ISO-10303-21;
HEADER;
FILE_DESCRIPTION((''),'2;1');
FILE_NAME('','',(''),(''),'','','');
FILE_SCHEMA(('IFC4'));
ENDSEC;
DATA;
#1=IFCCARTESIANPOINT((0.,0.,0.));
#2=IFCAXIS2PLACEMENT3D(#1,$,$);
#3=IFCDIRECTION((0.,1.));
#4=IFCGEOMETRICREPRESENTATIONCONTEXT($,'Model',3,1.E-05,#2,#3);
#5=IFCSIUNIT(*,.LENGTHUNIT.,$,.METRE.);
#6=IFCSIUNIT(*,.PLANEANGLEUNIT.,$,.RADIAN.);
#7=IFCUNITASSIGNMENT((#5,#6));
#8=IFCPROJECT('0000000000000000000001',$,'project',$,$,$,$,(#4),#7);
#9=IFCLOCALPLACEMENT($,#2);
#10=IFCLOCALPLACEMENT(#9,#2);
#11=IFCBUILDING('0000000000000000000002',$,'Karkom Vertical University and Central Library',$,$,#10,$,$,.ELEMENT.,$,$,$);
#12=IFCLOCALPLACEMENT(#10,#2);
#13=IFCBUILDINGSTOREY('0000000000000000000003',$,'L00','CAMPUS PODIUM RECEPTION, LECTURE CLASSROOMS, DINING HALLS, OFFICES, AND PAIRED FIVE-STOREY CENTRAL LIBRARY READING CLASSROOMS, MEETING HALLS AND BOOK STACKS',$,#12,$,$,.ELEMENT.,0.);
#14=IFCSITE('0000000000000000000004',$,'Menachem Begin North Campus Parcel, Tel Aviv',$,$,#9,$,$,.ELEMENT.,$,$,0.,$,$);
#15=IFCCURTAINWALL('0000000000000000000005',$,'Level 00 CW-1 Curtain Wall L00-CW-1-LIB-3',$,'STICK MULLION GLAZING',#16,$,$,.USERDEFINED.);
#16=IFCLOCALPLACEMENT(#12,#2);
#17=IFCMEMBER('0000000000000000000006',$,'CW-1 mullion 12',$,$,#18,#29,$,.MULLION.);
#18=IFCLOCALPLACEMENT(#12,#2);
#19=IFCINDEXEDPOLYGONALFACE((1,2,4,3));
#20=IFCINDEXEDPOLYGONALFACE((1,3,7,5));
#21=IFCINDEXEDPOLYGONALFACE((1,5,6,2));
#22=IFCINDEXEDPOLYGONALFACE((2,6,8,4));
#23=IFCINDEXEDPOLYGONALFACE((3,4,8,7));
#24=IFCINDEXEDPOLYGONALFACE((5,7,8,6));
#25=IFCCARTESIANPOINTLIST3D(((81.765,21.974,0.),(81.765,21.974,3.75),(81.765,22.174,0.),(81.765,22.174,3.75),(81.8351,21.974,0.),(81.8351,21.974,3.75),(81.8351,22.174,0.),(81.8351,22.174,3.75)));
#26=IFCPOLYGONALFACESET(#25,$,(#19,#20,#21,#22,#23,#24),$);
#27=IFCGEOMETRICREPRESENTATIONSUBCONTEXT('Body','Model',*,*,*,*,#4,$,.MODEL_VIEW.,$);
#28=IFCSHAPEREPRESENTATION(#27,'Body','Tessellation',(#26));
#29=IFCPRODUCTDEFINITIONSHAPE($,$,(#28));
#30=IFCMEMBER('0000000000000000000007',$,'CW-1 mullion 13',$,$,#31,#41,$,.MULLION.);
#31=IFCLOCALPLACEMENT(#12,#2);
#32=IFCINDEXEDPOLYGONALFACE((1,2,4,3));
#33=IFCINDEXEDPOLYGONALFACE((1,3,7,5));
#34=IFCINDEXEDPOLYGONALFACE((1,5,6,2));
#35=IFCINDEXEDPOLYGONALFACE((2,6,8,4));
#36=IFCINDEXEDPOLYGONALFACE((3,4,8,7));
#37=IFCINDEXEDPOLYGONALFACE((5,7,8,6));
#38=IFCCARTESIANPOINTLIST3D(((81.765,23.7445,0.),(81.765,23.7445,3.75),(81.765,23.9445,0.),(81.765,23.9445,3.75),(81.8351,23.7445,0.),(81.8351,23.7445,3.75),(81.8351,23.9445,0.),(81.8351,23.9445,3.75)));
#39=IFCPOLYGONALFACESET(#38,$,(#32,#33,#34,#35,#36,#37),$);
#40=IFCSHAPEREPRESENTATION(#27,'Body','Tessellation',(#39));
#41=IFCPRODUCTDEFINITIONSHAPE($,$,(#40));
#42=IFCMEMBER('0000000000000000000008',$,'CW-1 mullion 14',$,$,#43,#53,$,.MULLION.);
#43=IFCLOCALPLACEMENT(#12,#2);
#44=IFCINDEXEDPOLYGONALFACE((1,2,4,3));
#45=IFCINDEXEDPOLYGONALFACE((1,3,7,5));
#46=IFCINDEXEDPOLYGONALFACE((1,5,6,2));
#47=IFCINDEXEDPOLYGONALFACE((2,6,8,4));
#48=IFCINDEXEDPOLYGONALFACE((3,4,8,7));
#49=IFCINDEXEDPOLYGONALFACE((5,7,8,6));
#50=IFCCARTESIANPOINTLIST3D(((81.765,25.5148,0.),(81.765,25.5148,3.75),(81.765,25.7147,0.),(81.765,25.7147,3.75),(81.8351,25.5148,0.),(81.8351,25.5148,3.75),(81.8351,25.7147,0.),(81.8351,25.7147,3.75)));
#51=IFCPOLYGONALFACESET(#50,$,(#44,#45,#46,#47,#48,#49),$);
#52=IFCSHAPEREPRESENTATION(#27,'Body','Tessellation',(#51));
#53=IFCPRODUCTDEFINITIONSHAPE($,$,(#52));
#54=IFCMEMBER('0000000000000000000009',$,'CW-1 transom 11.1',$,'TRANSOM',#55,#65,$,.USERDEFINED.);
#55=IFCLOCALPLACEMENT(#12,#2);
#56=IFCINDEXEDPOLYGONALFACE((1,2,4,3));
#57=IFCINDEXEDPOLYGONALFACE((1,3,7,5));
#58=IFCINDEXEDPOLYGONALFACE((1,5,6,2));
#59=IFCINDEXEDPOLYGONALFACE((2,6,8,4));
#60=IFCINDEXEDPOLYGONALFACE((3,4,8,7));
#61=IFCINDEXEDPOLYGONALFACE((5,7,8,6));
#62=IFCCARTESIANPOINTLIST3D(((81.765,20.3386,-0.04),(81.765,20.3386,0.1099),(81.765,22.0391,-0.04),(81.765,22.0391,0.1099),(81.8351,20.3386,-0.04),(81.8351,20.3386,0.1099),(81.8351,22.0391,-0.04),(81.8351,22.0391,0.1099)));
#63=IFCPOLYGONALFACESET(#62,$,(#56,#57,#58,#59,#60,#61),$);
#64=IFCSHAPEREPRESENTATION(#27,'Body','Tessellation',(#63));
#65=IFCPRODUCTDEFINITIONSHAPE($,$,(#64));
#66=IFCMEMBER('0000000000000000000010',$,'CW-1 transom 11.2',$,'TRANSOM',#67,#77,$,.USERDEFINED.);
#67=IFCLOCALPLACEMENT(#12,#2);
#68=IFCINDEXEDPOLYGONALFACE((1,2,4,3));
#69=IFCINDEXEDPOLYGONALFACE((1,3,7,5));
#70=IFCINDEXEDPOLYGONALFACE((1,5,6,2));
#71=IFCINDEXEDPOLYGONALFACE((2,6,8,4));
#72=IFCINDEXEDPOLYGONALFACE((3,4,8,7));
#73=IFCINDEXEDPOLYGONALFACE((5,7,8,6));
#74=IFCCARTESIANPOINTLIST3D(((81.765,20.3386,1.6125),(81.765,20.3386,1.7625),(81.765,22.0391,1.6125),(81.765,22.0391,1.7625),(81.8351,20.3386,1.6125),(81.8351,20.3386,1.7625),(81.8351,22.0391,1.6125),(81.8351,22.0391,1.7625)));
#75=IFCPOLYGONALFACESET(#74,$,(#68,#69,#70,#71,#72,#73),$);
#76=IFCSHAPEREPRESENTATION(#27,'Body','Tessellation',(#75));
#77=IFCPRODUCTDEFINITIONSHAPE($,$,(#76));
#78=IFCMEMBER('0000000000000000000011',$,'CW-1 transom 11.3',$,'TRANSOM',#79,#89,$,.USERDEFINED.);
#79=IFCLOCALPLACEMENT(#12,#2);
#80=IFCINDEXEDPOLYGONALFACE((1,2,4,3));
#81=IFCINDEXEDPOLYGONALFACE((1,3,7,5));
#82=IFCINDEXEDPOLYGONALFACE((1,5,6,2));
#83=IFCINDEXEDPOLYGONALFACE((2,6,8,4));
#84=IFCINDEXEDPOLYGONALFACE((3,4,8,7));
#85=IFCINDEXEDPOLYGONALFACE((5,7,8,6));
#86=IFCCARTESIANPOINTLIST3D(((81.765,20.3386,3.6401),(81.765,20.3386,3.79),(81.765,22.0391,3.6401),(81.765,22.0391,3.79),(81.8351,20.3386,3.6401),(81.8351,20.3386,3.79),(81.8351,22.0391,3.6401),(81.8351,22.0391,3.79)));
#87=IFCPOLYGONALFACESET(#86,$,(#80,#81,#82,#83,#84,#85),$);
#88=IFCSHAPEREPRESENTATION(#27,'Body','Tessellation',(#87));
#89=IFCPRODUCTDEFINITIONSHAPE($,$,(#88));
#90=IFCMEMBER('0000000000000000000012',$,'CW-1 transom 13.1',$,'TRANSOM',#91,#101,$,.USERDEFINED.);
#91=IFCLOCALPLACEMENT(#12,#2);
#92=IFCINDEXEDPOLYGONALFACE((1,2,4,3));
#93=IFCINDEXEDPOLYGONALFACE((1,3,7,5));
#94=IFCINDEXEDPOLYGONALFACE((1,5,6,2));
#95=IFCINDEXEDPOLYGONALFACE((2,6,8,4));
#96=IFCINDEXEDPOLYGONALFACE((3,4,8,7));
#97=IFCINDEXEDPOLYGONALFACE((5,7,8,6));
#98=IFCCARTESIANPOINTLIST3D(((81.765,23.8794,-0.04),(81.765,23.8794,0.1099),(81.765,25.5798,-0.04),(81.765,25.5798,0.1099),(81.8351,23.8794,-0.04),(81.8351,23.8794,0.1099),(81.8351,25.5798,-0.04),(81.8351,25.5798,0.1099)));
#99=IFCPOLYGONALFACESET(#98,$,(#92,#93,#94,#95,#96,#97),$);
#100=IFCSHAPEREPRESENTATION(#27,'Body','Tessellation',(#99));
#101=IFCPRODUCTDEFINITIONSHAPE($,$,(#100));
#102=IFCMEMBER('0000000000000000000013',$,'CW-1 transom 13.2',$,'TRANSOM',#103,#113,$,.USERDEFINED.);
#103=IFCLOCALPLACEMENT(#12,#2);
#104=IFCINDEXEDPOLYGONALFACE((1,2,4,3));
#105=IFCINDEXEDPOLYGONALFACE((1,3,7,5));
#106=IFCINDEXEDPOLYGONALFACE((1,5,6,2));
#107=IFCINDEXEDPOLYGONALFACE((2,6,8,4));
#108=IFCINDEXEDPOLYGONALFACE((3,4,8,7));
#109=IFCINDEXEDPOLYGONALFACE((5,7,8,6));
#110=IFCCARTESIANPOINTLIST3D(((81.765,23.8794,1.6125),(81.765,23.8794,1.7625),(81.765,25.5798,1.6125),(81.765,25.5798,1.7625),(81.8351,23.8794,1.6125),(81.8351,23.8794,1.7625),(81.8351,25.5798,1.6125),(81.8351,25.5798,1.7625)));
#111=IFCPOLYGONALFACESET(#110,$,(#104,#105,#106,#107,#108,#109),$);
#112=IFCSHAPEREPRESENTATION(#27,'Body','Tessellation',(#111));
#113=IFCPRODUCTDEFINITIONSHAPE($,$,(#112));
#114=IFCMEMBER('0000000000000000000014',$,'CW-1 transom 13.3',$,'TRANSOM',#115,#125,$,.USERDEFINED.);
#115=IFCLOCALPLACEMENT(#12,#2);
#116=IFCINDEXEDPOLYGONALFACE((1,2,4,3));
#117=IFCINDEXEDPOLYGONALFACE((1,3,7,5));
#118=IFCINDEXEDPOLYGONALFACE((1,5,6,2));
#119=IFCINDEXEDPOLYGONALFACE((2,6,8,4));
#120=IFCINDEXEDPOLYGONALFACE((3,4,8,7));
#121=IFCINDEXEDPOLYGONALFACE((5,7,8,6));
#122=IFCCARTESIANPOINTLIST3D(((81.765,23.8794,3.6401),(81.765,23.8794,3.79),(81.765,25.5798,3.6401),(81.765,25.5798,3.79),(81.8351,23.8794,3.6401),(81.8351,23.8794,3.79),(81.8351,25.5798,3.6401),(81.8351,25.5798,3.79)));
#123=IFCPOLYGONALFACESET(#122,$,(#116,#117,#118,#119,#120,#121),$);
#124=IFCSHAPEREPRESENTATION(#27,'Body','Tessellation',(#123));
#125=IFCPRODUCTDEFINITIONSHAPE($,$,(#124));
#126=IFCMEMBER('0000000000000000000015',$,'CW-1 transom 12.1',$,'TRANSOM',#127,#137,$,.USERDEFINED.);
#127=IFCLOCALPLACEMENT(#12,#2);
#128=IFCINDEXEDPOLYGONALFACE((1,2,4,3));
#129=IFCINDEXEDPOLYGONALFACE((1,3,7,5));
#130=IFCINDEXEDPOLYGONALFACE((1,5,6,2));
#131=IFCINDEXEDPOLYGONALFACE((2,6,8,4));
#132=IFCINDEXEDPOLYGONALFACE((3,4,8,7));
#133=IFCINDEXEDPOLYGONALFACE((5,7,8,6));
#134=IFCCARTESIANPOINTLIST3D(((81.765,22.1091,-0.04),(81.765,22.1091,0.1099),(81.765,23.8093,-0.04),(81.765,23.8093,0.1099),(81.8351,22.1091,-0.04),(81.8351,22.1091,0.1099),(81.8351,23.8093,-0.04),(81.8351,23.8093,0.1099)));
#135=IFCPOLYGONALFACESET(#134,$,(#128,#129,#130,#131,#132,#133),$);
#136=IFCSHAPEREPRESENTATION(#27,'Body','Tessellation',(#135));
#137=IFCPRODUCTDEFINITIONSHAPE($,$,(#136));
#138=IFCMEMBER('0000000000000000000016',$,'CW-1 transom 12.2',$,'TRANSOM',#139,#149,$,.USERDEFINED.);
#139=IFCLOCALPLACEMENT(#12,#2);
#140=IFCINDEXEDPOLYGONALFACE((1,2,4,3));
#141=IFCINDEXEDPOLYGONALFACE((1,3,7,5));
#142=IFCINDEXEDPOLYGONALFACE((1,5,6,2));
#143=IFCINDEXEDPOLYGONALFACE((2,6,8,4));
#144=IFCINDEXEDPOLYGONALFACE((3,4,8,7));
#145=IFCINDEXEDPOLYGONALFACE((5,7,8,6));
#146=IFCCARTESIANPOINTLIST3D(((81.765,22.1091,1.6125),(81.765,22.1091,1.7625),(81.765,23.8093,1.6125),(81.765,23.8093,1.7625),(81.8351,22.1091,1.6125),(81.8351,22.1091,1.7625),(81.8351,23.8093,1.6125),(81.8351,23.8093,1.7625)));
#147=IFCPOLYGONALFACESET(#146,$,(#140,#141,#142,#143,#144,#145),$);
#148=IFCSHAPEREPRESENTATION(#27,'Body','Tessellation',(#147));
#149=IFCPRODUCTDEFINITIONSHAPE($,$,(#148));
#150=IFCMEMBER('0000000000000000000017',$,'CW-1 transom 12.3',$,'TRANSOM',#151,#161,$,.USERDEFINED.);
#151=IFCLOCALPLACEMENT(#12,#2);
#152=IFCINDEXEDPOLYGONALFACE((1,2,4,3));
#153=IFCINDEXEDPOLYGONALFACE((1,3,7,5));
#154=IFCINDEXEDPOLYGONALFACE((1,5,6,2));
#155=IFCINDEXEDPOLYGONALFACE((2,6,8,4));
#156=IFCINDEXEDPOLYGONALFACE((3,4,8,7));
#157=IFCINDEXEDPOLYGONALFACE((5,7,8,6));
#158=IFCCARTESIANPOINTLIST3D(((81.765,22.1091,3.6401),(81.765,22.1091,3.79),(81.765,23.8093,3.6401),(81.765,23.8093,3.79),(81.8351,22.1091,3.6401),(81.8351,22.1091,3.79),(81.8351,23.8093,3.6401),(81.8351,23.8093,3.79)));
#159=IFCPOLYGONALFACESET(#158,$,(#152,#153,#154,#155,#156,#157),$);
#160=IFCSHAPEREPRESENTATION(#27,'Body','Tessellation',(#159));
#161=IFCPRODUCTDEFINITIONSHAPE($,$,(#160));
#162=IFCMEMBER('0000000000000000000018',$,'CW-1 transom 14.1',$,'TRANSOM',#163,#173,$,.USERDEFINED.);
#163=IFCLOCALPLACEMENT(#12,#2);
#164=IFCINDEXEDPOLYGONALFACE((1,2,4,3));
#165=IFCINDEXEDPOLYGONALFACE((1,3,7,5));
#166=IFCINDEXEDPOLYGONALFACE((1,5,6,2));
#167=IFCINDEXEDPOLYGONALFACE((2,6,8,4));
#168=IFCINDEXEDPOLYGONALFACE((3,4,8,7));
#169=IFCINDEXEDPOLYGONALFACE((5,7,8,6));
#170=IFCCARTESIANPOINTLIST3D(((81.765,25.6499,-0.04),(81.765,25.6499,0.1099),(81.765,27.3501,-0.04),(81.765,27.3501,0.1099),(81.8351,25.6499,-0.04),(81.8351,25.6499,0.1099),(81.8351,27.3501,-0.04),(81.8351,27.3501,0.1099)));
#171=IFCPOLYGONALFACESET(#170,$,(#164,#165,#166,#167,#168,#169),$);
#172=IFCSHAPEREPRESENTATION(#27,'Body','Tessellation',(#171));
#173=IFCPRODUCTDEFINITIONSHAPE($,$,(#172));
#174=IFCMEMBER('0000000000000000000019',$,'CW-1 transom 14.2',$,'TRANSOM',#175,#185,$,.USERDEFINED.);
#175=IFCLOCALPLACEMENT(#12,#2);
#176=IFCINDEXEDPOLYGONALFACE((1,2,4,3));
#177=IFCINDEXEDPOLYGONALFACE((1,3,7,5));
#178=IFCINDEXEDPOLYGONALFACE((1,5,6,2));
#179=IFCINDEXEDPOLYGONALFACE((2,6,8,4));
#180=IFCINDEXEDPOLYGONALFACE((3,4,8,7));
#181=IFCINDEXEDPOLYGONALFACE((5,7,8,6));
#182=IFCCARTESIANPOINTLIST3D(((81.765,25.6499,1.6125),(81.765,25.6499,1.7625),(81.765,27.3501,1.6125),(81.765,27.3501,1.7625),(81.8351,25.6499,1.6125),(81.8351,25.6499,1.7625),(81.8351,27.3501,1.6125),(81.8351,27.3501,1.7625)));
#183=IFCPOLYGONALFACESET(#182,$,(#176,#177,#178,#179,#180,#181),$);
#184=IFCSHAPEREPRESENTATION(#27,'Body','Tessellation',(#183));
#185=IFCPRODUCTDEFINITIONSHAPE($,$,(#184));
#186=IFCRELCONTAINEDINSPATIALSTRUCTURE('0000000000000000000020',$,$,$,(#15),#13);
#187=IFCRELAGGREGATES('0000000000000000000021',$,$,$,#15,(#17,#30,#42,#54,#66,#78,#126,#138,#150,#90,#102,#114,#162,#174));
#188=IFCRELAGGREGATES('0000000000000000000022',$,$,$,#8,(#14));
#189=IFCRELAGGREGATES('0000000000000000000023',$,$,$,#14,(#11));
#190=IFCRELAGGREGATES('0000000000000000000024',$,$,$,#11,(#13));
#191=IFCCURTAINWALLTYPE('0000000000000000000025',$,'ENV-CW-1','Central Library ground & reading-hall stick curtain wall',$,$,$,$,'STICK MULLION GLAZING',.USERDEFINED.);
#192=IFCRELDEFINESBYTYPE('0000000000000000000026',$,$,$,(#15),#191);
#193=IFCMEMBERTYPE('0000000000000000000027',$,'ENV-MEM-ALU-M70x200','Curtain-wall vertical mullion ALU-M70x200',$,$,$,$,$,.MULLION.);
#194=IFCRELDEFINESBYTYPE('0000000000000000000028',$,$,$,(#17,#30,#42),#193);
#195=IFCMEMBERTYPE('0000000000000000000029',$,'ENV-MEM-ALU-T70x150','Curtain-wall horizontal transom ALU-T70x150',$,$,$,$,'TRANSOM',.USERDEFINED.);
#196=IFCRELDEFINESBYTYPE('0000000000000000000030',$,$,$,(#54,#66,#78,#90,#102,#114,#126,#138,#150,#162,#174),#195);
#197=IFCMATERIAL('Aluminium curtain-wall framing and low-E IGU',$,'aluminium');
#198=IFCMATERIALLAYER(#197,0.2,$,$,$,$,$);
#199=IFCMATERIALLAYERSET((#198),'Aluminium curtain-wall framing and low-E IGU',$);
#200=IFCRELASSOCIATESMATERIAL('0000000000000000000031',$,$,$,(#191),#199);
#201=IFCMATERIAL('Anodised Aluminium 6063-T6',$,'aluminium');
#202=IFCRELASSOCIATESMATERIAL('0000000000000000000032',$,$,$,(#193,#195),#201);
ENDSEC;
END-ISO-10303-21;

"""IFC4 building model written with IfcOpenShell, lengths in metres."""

from ifc_helpers import new_model, si_unit, direction, frame, origin, origin_with_axes, origin_2d, place, context, subcontext, project, spatial, rectangle, extrude, source, transform, mapped, material, layer, layer_set, material_profile, profile_set, type_object, element, aggregate, save


model = new_model("IFC4")

# Units and contexts
model_context = context("Model", 3, precision=1e-05, world=origin(), true_north=direction((0.0, 1.0)))
body_context = subcontext(model_context, "Body", "Model", "MODEL_VIEW")
ifc_project = project(units=[si_unit("LENGTHUNIT", "METRE"), si_unit("PLANEANGLEUNIT", "RADIAN")], contexts=[model_context])

# Site, building, storey
site_placement = place(None, origin())
site = spatial("IfcSite", under=ifc_project, at=site_placement, Name="Menachem Begin North Campus Parcel, Tel Aviv", CompositionType="ELEMENT", RefElevation=0.0)
building_placement = place(site_placement, origin())
building = spatial("IfcBuilding", under=site, at=building_placement, Name="Karkom Vertical University and Central Library", CompositionType="ELEMENT")
storey_placement = place(building_placement, origin())
storey = spatial("IfcBuildingStorey", under=building, at=storey_placement, Name="L00", Description="CAMPUS PODIUM RECEPTION, LECTURE CLASSROOMS, DINING HALLS, OFFICES, AND PAIRED FIVE-STOREY CENTRAL LIBRARY READING CLASSROOMS, MEETING HALLS AND BOOK STACKS", CompositionType="ELEMENT", Elevation=0.0)

# Curtain wall, members
ifc_material_1 = material(Name="Aluminium curtain-wall framing and low-E IGU", Category="aluminium")
ifc_layer_1 = layer(ifc_material_1, 0.2)
ifc_layer_set_1 = layer_set([ifc_layer_1], Name="Aluminium curtain-wall framing and low-E IGU")
curtain_wall_type = type_object("IfcCurtainWallType", Name="ENV-CW-1", Description="Central Library ground & reading-hall stick curtain wall", ElementType="STICK MULLION GLAZING", PredefinedType="USERDEFINED", material=ifc_layer_set_1)
curtain_wall_placement = place(storey_placement, origin())
curtain_wall = element("IfcCurtainWall", 1, at=curtain_wall_placement, inside=storey, type_object=curtain_wall_type, Name="Level 00 CW-1 Curtain Wall L00-CW-1-LIB-3", ObjectType="STICK MULLION GLAZING", PredefinedType="USERDEFINED")
ifc_material_2 = material(Name="Anodised Aluminium 6063-T6", Category="aluminium")
ifc_material_profile_1 = material_profile(ifc_material_2, rectangle(XDim=0.0701, YDim=0.2, at=origin_2d()), Name="ALU-M70x200")
ifc_profile_set_1 = profile_set([ifc_material_profile_1], Name="Anodised Aluminium 6063-T6")
member_type_1 = type_object("IfcMemberType", Name="ENV-MEM-ALU-M70x200", Description="Curtain-wall vertical mullion ALU-M70x200", PredefinedType="MULLION", material=ifc_profile_set_1)
shared_shape_1 = source(origin_with_axes(), body_context, "Body", "SweptSolid", [
    extrude(rectangle(XDim=0.0701, YDim=0.2, at=origin_2d()), origin(), (0.0, 0.0, 1.0), 3.75),
])
member_1_placement = place(storey_placement, frame((81.8, 22.074, 0.0), z_axis=(0.0, 0.0, 1.0), x_axis=(-1.0, 0.0, 0.0)))
member_1 = element("IfcMember", 2, at=member_1_placement, type_object=member_type_1, Name="CW-1 mullion 12", PredefinedType="MULLION", context=body_context, shape_type="MappedRepresentation", body=[
    mapped(shared_shape_1, transform((0.0, 0.0, 0.0), scale=1.0)),
])
member_2_placement = place(storey_placement, frame((81.8, 23.8445, 0.0), z_axis=(0.0, 0.0, 1.0), x_axis=(-1.0, 0.0, 0.0)))
member_2 = element("IfcMember", 3, at=member_2_placement, type_object=member_type_1, Name="CW-1 mullion 13", PredefinedType="MULLION", context=body_context, shape_type="MappedRepresentation", body=[
    mapped(shared_shape_1, transform((0.0, 0.0, 0.0), scale=1.0)),
])
member_3_placement = place(storey_placement, frame((81.8, 25.6147, 0.0), z_axis=(0.0, 0.0, 1.0), x_axis=(-1.0, 0.0, 0.0)))
member_3 = element("IfcMember", 4, at=member_3_placement, type_object=member_type_1, Name="CW-1 mullion 14", PredefinedType="MULLION", context=body_context, shape_type="MappedRepresentation", body=[
    mapped(shared_shape_1, transform((0.0, 0.0, 0.0), scale=1.0)),
])
ifc_material_profile_2 = material_profile(ifc_material_2, rectangle(XDim=0.0701, YDim=0.1499, at=origin_2d()), Name="ALU-T70x150")
ifc_profile_set_2 = profile_set([ifc_material_profile_2], Name="Anodised Aluminium 6063-T6")
member_type_2 = type_object("IfcMemberType", Name="ENV-MEM-ALU-T70x150", Description="Curtain-wall horizontal transom ALU-T70x150", ElementType="TRANSOM", PredefinedType="USERDEFINED", material=ifc_profile_set_2)
shared_shape_2 = source(origin_with_axes(), body_context, "Body", "SweptSolid", [
    extrude(rectangle(XDim=0.0701, YDim=0.1499, at=origin_2d()), origin(), (0.0, 0.0, 1.0), 1.7004),
])
member_4_placement = place(storey_placement, frame((81.8, 20.3386, 0.0349), z_axis=(0.0, 1.0, 0.0), x_axis=(-1.0, 0.0, 0.0)))
member_4 = element("IfcMember", 5, at=member_4_placement, type_object=member_type_2, Name="CW-1 transom 11.1", ObjectType="TRANSOM", PredefinedType="USERDEFINED", context=body_context, shape_type="MappedRepresentation", body=[
    mapped(shared_shape_2, transform((0.0, 0.0, 0.0), scale=1.0)),
])
member_5_placement = place(storey_placement, frame((81.8, 20.3386, 1.6875), z_axis=(0.0, 1.0, 0.0), x_axis=(-1.0, 0.0, 0.0)))
member_5 = element("IfcMember", 6, at=member_5_placement, type_object=member_type_2, Name="CW-1 transom 11.2", ObjectType="TRANSOM", PredefinedType="USERDEFINED", context=body_context, shape_type="MappedRepresentation", body=[
    mapped(shared_shape_2, transform((0.0, 0.0, 0.0), scale=1.0)),
])
member_6_placement = place(storey_placement, frame((81.8, 20.3386, 3.7151), z_axis=(0.0, 1.0, 0.0), x_axis=(-1.0, 0.0, 0.0)))
member_6 = element("IfcMember", 7, at=member_6_placement, type_object=member_type_2, Name="CW-1 transom 11.3", ObjectType="TRANSOM", PredefinedType="USERDEFINED", context=body_context, shape_type="MappedRepresentation", body=[
    mapped(shared_shape_2, transform((0.0, 0.0, 0.0), scale=1.0)),
])
member_7_placement = place(storey_placement, frame((81.8, 23.8794, 0.0349), z_axis=(0.0, 1.0, 0.0), x_axis=(-1.0, 0.0, 0.0)))
member_7 = element("IfcMember", 8, at=member_7_placement, type_object=member_type_2, Name="CW-1 transom 13.1", ObjectType="TRANSOM", PredefinedType="USERDEFINED", context=body_context, shape_type="MappedRepresentation", body=[
    mapped(shared_shape_2, transform((0.0, 0.0, 0.0), scale=1.0)),
])
member_8_placement = place(storey_placement, frame((81.8, 23.8794, 1.6875), z_axis=(0.0, 1.0, 0.0), x_axis=(-1.0, 0.0, 0.0)))
member_8 = element("IfcMember", 9, at=member_8_placement, type_object=member_type_2, Name="CW-1 transom 13.2", ObjectType="TRANSOM", PredefinedType="USERDEFINED", context=body_context, shape_type="MappedRepresentation", body=[
    mapped(shared_shape_2, transform((0.0, 0.0, 0.0), scale=1.0)),
])
member_9_placement = place(storey_placement, frame((81.8, 23.8794, 3.7151), z_axis=(0.0, 1.0, 0.0), x_axis=(-1.0, 0.0, 0.0)))
member_9 = element("IfcMember", 10, at=member_9_placement, type_object=member_type_2, Name="CW-1 transom 13.3", ObjectType="TRANSOM", PredefinedType="USERDEFINED", context=body_context, shape_type="MappedRepresentation", body=[
    mapped(shared_shape_2, transform((0.0, 0.0, 0.0), scale=1.0)),
])
shared_shape_3 = source(origin_with_axes(), body_context, "Body", "SweptSolid", [
    extrude(rectangle(XDim=0.0701, YDim=0.1499, at=origin_2d()), origin(), (0.0, 0.0, 1.0), 1.7002),
])
member_10_placement = place(storey_placement, frame((81.8, 22.1091, 0.0349), z_axis=(0.0, 1.0, 0.0), x_axis=(-1.0, 0.0, 0.0)))
member_10 = element("IfcMember", 11, at=member_10_placement, type_object=member_type_2, Name="CW-1 transom 12.1", ObjectType="TRANSOM", PredefinedType="USERDEFINED", context=body_context, shape_type="MappedRepresentation", body=[
    mapped(shared_shape_3, transform((0.0, 0.0, 0.0), scale=1.0)),
])
member_11_placement = place(storey_placement, frame((81.8, 22.1091, 1.6875), z_axis=(0.0, 1.0, 0.0), x_axis=(-1.0, 0.0, 0.0)))
member_11 = element("IfcMember", 12, at=member_11_placement, type_object=member_type_2, Name="CW-1 transom 12.2", ObjectType="TRANSOM", PredefinedType="USERDEFINED", context=body_context, shape_type="MappedRepresentation", body=[
    mapped(shared_shape_3, transform((0.0, 0.0, 0.0), scale=1.0)),
])
member_12_placement = place(storey_placement, frame((81.8, 22.1091, 3.7151), z_axis=(0.0, 1.0, 0.0), x_axis=(-1.0, 0.0, 0.0)))
member_12 = element("IfcMember", 13, at=member_12_placement, type_object=member_type_2, Name="CW-1 transom 12.3", ObjectType="TRANSOM", PredefinedType="USERDEFINED", context=body_context, shape_type="MappedRepresentation", body=[
    mapped(shared_shape_3, transform((0.0, 0.0, 0.0), scale=1.0)),
])
member_13_placement = place(storey_placement, frame((81.8, 25.6499, 0.0349), z_axis=(0.0, 1.0, 0.0), x_axis=(-1.0, 0.0, 0.0)))
member_13 = element("IfcMember", 14, at=member_13_placement, type_object=member_type_2, Name="CW-1 transom 14.1", ObjectType="TRANSOM", PredefinedType="USERDEFINED", context=body_context, shape_type="MappedRepresentation", body=[
    mapped(shared_shape_3, transform((0.0, 0.0, 0.0), scale=1.0)),
])
member_14_placement = place(storey_placement, frame((81.8, 25.6499, 1.6875), z_axis=(0.0, 1.0, 0.0), x_axis=(-1.0, 0.0, 0.0)))
member_14 = element("IfcMember", 15, at=member_14_placement, type_object=member_type_2, Name="CW-1 transom 14.2", ObjectType="TRANSOM", PredefinedType="USERDEFINED", context=body_context, shape_type="MappedRepresentation", body=[
    mapped(shared_shape_3, transform((0.0, 0.0, 0.0), scale=1.0)),
])
aggregate(curtain_wall, [member_1, member_2, member_3, member_4, member_5, member_6, member_10, member_11, member_12, member_7, member_8, member_9, member_13, member_14])

save(model, "model.ifc")
